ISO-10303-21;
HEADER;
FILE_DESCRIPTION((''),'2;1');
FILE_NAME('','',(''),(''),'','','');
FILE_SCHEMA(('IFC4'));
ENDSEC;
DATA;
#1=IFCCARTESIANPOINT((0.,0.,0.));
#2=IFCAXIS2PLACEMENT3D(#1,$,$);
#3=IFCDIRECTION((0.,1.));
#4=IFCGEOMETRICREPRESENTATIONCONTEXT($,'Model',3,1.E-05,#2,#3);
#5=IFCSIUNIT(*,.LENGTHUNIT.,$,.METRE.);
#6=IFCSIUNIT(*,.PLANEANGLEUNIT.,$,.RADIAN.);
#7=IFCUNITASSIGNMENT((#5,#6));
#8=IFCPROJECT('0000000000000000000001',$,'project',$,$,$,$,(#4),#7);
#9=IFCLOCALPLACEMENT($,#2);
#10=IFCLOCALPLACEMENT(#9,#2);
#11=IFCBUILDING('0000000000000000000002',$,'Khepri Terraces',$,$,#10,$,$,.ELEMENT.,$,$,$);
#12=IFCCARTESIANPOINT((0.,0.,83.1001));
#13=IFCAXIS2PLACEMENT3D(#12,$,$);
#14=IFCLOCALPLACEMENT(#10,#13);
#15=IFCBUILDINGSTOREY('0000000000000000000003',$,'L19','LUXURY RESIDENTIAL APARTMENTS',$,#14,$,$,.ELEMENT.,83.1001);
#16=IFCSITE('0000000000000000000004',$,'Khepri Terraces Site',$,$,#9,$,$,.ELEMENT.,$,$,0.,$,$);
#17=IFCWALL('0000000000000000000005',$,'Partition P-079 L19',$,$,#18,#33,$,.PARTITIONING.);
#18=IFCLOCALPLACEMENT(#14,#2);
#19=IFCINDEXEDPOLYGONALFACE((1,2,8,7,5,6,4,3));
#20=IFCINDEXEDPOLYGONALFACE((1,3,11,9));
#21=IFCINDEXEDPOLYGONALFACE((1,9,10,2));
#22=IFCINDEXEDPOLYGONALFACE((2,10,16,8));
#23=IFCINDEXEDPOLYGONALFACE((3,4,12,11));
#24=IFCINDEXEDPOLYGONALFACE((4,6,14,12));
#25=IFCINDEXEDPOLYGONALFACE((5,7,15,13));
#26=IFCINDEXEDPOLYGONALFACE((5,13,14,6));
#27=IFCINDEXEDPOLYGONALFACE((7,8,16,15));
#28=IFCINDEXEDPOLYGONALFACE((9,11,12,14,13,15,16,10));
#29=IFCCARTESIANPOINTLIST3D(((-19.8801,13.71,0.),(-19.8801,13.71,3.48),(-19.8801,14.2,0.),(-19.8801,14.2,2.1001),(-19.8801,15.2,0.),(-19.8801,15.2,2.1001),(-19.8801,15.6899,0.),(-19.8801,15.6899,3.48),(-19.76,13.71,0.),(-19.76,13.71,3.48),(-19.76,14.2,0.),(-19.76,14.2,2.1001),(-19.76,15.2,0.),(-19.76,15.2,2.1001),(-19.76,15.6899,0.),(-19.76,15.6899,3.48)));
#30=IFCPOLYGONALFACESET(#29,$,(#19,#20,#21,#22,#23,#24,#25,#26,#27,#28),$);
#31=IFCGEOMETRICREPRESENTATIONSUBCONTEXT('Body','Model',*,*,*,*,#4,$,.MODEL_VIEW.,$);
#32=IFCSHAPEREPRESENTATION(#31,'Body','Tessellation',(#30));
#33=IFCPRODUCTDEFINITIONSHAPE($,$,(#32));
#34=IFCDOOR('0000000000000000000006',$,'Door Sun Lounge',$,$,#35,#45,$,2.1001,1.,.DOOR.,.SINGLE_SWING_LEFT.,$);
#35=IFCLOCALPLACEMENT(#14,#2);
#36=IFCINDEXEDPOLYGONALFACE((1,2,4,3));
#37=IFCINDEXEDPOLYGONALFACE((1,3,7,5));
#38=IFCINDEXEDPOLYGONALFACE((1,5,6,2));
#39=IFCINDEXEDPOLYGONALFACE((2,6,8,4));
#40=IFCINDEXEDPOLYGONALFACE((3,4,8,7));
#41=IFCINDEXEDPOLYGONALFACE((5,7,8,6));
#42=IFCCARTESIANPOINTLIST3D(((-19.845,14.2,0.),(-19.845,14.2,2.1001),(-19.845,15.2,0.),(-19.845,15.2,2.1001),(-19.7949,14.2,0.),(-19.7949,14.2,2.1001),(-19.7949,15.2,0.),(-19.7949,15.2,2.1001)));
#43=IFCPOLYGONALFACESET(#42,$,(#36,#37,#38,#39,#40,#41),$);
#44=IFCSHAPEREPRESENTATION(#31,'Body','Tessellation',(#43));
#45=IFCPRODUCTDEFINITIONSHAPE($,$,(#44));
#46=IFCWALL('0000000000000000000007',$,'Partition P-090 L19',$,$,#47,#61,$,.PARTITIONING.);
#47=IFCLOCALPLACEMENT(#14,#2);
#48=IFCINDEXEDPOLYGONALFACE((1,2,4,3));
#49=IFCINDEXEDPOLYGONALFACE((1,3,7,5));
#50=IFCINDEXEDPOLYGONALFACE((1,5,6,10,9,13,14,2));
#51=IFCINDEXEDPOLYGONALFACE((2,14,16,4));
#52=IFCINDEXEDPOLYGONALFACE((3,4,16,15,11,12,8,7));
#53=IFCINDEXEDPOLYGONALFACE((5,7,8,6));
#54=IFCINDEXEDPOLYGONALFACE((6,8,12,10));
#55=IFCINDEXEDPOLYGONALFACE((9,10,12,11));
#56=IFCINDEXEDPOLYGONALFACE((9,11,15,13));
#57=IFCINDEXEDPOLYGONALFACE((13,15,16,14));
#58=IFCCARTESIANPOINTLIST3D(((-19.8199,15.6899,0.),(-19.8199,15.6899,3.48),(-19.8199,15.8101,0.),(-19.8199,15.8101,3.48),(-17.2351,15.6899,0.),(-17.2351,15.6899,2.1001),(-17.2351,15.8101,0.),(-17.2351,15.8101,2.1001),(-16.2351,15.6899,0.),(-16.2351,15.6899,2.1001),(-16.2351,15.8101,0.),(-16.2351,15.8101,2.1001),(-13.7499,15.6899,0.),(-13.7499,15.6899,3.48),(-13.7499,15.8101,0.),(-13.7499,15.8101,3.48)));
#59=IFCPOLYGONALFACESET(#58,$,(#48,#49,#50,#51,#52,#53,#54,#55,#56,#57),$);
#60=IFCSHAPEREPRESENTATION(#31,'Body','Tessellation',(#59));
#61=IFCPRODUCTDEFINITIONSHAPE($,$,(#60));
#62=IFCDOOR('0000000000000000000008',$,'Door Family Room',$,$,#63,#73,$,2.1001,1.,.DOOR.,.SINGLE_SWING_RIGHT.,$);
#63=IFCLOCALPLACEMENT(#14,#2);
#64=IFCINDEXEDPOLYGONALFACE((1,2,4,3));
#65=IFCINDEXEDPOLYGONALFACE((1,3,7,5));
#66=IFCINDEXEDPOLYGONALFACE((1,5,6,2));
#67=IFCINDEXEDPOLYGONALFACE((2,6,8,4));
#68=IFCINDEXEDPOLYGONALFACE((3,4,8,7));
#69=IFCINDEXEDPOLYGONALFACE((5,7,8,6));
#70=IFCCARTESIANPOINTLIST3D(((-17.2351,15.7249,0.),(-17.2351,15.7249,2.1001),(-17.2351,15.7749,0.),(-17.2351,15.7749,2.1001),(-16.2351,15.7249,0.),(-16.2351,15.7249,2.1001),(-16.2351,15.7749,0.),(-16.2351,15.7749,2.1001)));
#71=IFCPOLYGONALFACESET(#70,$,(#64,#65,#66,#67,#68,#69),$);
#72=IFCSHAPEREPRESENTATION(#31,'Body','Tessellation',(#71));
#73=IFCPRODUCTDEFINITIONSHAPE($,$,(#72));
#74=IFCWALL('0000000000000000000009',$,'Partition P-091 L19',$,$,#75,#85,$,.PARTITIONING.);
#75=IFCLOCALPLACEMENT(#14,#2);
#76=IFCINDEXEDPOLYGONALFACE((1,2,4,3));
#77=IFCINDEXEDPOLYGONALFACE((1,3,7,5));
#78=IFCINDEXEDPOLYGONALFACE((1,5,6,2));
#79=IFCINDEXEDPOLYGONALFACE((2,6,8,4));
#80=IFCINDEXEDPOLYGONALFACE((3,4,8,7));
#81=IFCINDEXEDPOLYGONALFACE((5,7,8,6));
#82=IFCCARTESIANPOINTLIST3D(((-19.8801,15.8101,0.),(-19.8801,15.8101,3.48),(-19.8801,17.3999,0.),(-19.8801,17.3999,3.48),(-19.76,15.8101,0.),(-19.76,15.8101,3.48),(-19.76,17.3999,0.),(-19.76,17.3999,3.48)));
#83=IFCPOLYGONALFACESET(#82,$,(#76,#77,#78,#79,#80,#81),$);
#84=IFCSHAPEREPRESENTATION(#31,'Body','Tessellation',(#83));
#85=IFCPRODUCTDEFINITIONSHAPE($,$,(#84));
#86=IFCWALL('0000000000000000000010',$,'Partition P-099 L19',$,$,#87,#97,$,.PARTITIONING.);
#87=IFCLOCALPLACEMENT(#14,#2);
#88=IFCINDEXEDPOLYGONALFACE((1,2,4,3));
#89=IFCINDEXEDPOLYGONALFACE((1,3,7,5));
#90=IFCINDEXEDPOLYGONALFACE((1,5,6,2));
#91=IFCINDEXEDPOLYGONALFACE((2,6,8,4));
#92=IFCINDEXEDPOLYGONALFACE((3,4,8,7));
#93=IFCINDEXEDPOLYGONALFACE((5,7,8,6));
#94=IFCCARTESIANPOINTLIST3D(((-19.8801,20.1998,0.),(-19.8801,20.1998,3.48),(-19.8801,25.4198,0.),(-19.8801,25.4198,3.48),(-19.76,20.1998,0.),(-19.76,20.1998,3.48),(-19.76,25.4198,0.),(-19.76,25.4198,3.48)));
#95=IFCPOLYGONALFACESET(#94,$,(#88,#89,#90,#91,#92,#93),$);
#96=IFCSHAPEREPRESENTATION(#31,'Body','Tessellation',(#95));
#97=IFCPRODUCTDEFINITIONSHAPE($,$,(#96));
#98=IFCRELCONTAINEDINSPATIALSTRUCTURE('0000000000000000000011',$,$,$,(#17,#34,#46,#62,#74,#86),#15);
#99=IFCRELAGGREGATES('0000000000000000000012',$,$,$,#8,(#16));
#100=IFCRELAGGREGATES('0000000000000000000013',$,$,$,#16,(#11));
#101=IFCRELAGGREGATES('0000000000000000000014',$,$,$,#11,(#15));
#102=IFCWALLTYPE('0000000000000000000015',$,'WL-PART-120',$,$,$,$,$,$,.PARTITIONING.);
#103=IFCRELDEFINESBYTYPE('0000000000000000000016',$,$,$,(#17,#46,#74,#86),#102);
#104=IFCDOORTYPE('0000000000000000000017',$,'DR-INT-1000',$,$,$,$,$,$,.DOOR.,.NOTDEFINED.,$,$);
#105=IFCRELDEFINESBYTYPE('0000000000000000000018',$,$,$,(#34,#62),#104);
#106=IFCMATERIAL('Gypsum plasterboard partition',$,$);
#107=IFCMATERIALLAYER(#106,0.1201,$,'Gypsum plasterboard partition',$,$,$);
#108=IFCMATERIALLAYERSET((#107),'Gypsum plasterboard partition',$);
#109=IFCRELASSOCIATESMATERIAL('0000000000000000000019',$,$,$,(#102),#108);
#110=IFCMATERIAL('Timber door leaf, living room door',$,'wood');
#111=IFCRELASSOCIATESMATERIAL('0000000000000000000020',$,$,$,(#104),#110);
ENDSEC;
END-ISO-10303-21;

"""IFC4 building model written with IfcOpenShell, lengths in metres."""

from ifc_helpers import new_model, si_unit, direction, frame, frame_2d, origin, place, context, subcontext, project, spatial, rectangle, extrude, material, layer, layer_set, type_object, element, fill, save


model = new_model("IFC4")

# Units and contexts
model_context = context("Model", 3, precision=1e-05, world=origin(), true_north=direction((0.0, 1.0)))
body_context = subcontext(model_context, "Body", "Model", "MODEL_VIEW")
ifc_project = project(units=[si_unit("LENGTHUNIT", "METRE"), si_unit("PLANEANGLEUNIT", "RADIAN")], contexts=[model_context])

# Site, building, storey
site_placement = place(None, origin())
site = spatial("IfcSite", under=ifc_project, at=site_placement, Name="Khepri Terraces Site", CompositionType="ELEMENT", RefElevation=0.0)
building_placement = place(site_placement, origin())
building = spatial("IfcBuilding", under=site, at=building_placement, Name="Khepri Terraces", CompositionType="ELEMENT")
storey_placement = place(building_placement, frame((0.0, 0.0, 83.1001)))
storey = spatial("IfcBuildingStorey", under=building, at=storey_placement, Name="L19", Description="LUXURY RESIDENTIAL APARTMENTS", CompositionType="ELEMENT", Elevation=83.1001)

# Shared definitions
ifc_material_1 = material(Name="Gypsum plasterboard partition")
ifc_layer_1 = layer(ifc_material_1, 0.1201, Name="Gypsum plasterboard partition")
ifc_layer_set_1 = layer_set([ifc_layer_1], Name="Gypsum plasterboard partition")
wall_type_1 = type_object("IfcWallType", Name="WL-PART-120", PredefinedType="PARTITIONING", material=ifc_layer_set_1)

# Walls, openings, doors
wall_1_placement = place(storey_placement, frame((-19.8201, 13.71, 0.0), z_axis=(0.0, 0.0, 1.0), x_axis=(0.0, 1.0, 0.0)))
wall_1 = element("IfcWall", 1, at=wall_1_placement, inside=storey, type_object=wall_type_1, Name="Partition P-079 L19", PredefinedType="PARTITIONING", context=body_context, shape_type="SweptSolid", body=[
    extrude(rectangle(XDim=1.98, YDim=0.1201, at=frame_2d((0.99, 0.0))), origin(), (0.0, 0.0, 1.0), 3.48),
])
opening_1_placement = place(wall_1_placement, frame((0.49, 0.0, 0.0)))
opening_1 = element("IfcOpeningElement", 2, at=opening_1_placement, cuts=wall_1, PredefinedType="OPENING", context=body_context, shape_type="SweptSolid", body=[
    extrude(rectangle(XDim=1.0, YDim=2.1001, at=frame_2d((0.5, 1.05))), frame((0.0, 0.0701, 0.0), z_axis=(0.0, -1.0, 0.0), x_axis=(1.0, 0.0, 0.0)), (0.0, 0.0, 1.0), 0.1401),
])
ifc_material_2 = material(Name="Timber door leaf, living room door", Category="wood")
door_type_1 = type_object("IfcDoorType", Name="DR-INT-1000", OperationType="NOTDEFINED", PredefinedType="DOOR", material=ifc_material_2)
door_1_placement = place(opening_1_placement, origin())
door_1 = element("IfcDoor", 3, at=door_1_placement, inside=storey, type_object=door_type_1, Name="Door Sun Lounge", OperationType="SINGLE_SWING_LEFT", OverallHeight=2.1001, OverallWidth=1.0, PredefinedType="DOOR", context=body_context, shape_type="SweptSolid", body=[
    extrude(rectangle(XDim=1.0, YDim=2.1001, at=frame_2d((0.5, 1.05))), frame((0.0, 0.0249, 0.0), z_axis=(0.0, -1.0, 0.0), x_axis=(1.0, 0.0, 0.0)), (0.0, 0.0, 1.0), 0.05),
])
fill(opening_1, door_1)
wall_2_placement = place(storey_placement, frame((-19.8201, 15.75, 0.0), z_axis=(0.0, 0.0, 1.0), x_axis=(1.0, 0.0, 0.0)))
wall_2 = element("IfcWall", 4, at=wall_2_placement, inside=storey, type_object=wall_type_1, Name="Partition P-090 L19", PredefinedType="PARTITIONING", context=body_context, shape_type="SweptSolid", body=[
    extrude(rectangle(XDim=6.0701, YDim=0.1201, at=frame_2d((3.0352, 0.0))), origin(), (0.0, 0.0, 1.0), 3.48),
])
opening_2_placement = place(wall_2_placement, frame((2.585, 0.0, 0.0)))
opening_2 = element("IfcOpeningElement", 5, at=opening_2_placement, cuts=wall_2, PredefinedType="OPENING", context=body_context, shape_type="SweptSolid", body=[
    extrude(rectangle(XDim=1.0, YDim=2.1001, at=frame_2d((0.5, 1.05))), frame((0.0, 0.0701, 0.0), z_axis=(0.0, -1.0, 0.0), x_axis=(1.0, 0.0, 0.0)), (0.0, 0.0, 1.0), 0.1401),
])
door_2_placement = place(opening_2_placement, origin())
door_2 = element("IfcDoor", 6, at=door_2_placement, inside=storey, type_object=door_type_1, Name="Door Family Room", OperationType="SINGLE_SWING_RIGHT", OverallHeight=2.1001, OverallWidth=1.0, PredefinedType="DOOR", context=body_context, shape_type="SweptSolid", body=[
    extrude(rectangle(XDim=1.0, YDim=2.1001, at=frame_2d((0.5, 1.05))), frame((0.0, 0.0249, 0.0), z_axis=(0.0, -1.0, 0.0), x_axis=(1.0, 0.0, 0.0)), (0.0, 0.0, 1.0), 0.05),
])
fill(opening_2, door_2)

# Walls
wall_3_placement = place(storey_placement, frame((-19.8201, 15.8101, 0.0), z_axis=(0.0, 0.0, 1.0), x_axis=(0.0, 1.0, 0.0)))
element("IfcWall", 7, at=wall_3_placement, inside=storey, type_object=wall_type_1, Name="Partition P-091 L19", PredefinedType="PARTITIONING", context=body_context, shape_type="SweptSolid", body=[
    extrude(rectangle(XDim=1.5898, YDim=0.1201, at=frame_2d((0.7949, 0.0))), origin(), (0.0, 0.0, 1.0), 3.48),
])
wall_4_placement = place(storey_placement, frame((-19.8201, 20.2, 0.0), z_axis=(0.0, 0.0, 1.0), x_axis=(0.0, 1.0, 0.0)))
element("IfcWall", 8, at=wall_4_placement, inside=storey, type_object=wall_type_1, Name="Partition P-099 L19", PredefinedType="PARTITIONING", context=body_context, shape_type="SweptSolid", body=[
    extrude(rectangle(XDim=5.22, YDim=0.1201, at=frame_2d((2.6099, 0.0))), origin(), (0.0, 0.0, 1.0), 3.48),
])

save(model, "model.ifc")
